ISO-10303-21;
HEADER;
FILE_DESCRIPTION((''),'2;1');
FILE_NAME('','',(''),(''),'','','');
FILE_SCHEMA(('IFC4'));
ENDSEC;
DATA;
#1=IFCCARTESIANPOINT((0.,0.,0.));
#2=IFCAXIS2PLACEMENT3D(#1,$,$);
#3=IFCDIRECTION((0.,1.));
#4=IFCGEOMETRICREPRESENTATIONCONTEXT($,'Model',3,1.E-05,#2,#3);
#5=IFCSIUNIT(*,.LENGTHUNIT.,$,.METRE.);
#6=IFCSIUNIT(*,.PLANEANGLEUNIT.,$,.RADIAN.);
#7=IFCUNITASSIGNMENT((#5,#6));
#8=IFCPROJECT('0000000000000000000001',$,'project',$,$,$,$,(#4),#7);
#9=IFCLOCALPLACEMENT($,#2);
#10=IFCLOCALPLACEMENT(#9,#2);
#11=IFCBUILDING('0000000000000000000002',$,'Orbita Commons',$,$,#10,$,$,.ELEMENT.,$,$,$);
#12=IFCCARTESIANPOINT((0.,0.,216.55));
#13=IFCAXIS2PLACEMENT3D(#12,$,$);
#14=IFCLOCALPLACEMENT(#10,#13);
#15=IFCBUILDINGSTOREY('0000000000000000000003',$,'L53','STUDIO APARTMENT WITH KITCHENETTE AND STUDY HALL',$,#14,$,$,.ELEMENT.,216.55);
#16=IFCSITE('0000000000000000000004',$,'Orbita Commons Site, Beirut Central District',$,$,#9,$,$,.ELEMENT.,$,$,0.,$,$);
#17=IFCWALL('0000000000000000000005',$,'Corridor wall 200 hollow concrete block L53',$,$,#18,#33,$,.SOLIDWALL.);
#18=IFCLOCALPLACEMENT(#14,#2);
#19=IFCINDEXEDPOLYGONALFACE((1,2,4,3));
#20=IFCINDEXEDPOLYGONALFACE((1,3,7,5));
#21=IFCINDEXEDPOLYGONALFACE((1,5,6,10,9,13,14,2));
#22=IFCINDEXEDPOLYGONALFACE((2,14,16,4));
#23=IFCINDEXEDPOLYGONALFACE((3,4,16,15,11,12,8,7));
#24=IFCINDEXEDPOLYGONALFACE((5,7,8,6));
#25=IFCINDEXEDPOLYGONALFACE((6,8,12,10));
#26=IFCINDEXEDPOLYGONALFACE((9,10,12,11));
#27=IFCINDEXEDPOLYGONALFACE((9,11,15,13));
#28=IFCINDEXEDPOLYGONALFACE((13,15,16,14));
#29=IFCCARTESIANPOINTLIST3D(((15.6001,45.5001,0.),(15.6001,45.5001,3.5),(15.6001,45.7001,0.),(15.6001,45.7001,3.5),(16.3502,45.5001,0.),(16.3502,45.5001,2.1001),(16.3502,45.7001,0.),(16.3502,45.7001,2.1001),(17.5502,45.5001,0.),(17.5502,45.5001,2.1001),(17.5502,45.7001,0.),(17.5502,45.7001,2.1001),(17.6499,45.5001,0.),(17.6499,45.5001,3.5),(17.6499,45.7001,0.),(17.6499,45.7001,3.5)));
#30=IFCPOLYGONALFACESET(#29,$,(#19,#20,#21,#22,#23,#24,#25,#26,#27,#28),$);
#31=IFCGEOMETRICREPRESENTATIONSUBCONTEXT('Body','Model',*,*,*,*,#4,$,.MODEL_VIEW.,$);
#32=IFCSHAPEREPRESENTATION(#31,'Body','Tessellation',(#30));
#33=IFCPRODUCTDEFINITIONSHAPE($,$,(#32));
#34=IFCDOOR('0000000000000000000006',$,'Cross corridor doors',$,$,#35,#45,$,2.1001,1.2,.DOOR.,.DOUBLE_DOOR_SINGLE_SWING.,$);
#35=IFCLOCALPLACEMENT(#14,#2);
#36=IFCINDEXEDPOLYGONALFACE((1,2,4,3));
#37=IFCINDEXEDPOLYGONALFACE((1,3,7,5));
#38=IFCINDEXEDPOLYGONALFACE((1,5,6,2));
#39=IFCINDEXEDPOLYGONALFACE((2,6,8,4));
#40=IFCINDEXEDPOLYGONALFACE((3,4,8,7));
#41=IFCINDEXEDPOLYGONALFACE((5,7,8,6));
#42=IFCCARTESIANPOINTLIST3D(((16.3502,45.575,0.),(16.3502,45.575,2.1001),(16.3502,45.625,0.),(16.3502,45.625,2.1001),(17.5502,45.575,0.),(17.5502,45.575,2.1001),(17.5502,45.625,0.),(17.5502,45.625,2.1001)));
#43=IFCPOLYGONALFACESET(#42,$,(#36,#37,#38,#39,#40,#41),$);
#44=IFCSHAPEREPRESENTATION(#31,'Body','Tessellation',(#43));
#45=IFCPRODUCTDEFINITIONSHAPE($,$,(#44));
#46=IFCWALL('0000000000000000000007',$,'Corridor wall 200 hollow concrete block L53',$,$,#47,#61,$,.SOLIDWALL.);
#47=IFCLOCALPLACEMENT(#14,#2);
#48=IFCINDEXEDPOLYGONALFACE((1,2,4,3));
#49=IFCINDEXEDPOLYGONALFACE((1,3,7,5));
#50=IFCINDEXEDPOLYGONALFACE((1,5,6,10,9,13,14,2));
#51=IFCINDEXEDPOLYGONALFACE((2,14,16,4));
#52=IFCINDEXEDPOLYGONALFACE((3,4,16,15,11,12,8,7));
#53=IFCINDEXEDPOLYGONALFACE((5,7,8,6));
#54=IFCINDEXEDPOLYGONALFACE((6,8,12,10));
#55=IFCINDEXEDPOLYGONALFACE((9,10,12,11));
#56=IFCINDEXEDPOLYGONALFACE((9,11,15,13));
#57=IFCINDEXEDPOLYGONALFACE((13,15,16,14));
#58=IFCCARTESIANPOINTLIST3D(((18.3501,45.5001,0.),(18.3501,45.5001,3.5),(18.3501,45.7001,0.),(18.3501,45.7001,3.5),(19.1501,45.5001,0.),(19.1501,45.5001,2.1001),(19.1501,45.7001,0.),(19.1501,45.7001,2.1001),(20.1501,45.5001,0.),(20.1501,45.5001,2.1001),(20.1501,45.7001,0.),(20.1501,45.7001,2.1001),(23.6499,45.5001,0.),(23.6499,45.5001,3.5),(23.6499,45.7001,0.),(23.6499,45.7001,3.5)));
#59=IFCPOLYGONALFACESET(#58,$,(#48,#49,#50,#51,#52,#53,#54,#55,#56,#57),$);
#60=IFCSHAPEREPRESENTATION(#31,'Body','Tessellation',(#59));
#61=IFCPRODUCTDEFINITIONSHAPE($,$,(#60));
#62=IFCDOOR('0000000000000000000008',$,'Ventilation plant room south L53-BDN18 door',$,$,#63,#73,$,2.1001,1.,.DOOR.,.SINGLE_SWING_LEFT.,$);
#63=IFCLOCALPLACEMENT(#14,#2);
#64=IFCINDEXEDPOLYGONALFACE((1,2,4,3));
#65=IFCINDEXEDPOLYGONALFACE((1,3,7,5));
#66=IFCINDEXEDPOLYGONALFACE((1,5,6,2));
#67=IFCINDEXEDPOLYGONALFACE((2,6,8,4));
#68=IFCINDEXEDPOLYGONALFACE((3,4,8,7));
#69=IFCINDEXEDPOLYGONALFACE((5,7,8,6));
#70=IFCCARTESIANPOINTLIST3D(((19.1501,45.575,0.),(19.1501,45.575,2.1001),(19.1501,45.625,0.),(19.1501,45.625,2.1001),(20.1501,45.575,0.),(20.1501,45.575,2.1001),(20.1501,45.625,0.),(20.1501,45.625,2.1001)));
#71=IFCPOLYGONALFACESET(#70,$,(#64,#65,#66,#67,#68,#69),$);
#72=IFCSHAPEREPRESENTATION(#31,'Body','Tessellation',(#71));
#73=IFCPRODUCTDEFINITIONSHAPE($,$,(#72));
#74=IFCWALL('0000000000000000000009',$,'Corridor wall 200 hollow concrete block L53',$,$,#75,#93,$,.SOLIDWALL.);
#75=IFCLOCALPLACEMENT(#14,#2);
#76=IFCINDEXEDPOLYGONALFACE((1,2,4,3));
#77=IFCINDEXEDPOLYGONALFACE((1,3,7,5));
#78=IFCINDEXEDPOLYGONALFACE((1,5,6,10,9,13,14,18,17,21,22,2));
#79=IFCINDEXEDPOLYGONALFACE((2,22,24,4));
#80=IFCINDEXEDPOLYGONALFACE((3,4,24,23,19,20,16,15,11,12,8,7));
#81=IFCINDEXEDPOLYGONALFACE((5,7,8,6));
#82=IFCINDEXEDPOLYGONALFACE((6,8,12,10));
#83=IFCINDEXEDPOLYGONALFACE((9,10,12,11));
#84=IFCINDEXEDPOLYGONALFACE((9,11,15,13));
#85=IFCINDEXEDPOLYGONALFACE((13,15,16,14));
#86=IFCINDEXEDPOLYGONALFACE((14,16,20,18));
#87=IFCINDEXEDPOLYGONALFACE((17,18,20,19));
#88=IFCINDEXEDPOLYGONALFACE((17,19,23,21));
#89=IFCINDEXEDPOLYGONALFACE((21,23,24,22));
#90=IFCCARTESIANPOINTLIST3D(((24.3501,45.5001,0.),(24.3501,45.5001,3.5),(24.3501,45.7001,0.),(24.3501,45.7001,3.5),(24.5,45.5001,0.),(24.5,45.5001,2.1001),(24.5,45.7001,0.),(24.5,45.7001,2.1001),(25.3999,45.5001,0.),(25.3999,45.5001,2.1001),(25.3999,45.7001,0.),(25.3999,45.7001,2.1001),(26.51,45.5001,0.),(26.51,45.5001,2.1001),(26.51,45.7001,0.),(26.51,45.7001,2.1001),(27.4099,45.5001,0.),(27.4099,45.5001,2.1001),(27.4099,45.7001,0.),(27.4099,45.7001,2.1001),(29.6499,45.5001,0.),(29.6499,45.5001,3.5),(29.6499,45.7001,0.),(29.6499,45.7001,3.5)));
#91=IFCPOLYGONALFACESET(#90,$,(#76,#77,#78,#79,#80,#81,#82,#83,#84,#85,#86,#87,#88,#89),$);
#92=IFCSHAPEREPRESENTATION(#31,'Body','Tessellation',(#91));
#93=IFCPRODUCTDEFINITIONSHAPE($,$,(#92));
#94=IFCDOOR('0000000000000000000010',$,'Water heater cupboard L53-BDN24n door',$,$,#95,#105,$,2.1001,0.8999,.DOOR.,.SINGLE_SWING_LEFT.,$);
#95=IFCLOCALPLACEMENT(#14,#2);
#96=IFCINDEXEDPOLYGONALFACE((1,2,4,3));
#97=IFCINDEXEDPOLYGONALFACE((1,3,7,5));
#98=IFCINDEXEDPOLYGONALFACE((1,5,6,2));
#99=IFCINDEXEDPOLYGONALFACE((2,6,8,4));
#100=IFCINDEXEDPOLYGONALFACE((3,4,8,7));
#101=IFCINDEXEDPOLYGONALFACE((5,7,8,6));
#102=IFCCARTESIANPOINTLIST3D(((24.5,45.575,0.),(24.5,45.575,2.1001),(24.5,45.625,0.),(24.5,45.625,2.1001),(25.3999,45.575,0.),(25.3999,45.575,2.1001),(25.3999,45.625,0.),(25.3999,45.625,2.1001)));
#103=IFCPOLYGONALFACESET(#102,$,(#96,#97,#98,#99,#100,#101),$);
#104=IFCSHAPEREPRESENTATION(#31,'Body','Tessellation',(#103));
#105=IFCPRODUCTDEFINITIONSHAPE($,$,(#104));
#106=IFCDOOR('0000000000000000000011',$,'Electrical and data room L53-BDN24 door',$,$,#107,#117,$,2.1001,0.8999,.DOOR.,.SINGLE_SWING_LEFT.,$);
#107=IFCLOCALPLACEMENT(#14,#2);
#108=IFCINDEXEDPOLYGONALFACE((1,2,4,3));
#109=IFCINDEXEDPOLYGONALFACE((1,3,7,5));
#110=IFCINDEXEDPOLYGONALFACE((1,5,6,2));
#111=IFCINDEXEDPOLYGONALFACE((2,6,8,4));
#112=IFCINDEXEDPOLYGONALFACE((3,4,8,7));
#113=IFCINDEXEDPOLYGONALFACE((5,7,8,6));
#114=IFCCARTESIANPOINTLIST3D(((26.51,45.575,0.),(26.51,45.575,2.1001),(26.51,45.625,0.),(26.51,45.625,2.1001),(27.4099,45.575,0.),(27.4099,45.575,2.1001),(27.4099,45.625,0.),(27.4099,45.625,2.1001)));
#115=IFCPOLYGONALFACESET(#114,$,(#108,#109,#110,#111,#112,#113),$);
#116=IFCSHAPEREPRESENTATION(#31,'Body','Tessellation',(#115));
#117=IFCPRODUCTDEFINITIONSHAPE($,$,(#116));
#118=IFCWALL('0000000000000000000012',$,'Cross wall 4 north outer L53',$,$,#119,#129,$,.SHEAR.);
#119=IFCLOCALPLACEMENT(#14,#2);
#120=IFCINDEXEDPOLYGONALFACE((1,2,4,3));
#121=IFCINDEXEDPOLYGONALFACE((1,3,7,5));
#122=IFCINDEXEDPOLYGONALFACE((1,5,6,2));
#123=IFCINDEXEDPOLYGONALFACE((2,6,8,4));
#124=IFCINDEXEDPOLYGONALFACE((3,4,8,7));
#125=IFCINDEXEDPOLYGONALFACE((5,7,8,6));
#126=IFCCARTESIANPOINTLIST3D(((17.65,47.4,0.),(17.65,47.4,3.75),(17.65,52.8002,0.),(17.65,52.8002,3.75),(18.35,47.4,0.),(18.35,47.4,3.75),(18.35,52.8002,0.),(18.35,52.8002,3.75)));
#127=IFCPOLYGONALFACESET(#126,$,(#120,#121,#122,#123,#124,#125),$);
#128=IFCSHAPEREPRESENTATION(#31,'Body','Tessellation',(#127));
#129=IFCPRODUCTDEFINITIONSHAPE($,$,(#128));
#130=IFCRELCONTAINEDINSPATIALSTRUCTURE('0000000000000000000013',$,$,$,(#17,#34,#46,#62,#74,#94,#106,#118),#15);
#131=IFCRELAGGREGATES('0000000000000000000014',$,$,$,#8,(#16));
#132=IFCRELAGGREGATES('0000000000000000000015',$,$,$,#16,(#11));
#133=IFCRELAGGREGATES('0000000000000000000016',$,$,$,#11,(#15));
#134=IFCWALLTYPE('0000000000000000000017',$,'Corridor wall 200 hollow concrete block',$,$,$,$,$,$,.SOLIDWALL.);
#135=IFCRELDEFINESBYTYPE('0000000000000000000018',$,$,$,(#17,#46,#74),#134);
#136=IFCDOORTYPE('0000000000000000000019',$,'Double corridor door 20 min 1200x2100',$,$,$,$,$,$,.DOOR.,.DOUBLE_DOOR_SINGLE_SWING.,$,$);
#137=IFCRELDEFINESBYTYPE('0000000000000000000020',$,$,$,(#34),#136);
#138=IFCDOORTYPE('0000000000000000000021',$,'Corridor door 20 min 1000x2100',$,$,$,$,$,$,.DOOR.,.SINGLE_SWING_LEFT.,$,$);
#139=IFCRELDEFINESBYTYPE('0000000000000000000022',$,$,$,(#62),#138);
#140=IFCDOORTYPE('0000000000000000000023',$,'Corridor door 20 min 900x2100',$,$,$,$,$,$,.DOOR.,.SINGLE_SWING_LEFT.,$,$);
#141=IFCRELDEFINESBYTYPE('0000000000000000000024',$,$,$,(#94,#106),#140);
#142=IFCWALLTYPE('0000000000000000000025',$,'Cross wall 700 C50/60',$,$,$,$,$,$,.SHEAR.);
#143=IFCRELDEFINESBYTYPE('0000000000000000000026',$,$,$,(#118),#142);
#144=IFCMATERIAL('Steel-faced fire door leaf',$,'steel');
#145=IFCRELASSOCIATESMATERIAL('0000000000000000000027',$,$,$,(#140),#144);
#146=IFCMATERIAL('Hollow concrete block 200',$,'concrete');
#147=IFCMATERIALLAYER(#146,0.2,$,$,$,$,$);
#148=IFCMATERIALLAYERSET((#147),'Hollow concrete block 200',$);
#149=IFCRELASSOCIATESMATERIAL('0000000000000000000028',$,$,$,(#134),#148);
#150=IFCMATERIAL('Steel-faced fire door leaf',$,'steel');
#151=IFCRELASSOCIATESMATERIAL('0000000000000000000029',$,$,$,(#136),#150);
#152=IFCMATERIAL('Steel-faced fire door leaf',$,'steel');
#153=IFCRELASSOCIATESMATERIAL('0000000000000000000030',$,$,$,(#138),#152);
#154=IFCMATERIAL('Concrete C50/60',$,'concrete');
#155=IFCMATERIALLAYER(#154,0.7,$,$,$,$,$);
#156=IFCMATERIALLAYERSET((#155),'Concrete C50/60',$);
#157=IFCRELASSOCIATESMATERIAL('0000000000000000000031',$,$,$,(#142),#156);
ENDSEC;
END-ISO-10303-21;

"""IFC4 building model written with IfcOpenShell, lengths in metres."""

from ifc_helpers import new_model, si_unit, direction, frame, frame_2d, origin, place, context, subcontext, project, spatial, rectangle, extrude, material, layer, layer_set, type_object, element, fill, save


model = new_model("IFC4")

# Units and contexts
model_context = context("Model", 3, precision=1e-05, world=origin(), true_north=direction((0.0, 1.0)))
body_context = subcontext(model_context, "Body", "Model", "MODEL_VIEW")
ifc_project = project(units=[si_unit("LENGTHUNIT", "METRE"), si_unit("PLANEANGLEUNIT", "RADIAN")], contexts=[model_context])

# Site, building, storey
site_placement = place(None, origin())
site = spatial("IfcSite", under=ifc_project, at=site_placement, Name="Orbita Commons Site, Beirut Central District", CompositionType="ELEMENT", RefElevation=0.0)
building_placement = place(site_placement, origin())
building = spatial("IfcBuilding", under=site, at=building_placement, Name="Orbita Commons", CompositionType="ELEMENT")
storey_placement = place(building_placement, frame((0.0, 0.0, 216.55)))
storey = spatial("IfcBuildingStorey", under=building, at=storey_placement, Name="L53", Description="STUDIO APARTMENT WITH KITCHENETTE AND STUDY HALL", CompositionType="ELEMENT", Elevation=216.55)

# Walls, openings, doors
ifc_material_1 = material(Name="Steel-faced fire door leaf", Category="steel")
door_type_1 = type_object("IfcDoorType", Name="Corridor door 20 min 900x2100", OperationType="SINGLE_SWING_LEFT", PredefinedType="DOOR", material=ifc_material_1)
ifc_material_2 = material(Name="Hollow concrete block 200", Category="concrete")
ifc_layer_1 = layer(ifc_material_2, 0.2)
ifc_layer_set_1 = layer_set([ifc_layer_1], Name="Hollow concrete block 200")
wall_type_1 = type_object("IfcWallType", Name="Corridor wall 200 hollow concrete block", PredefinedType="SOLIDWALL", material=ifc_layer_set_1)
wall_1_placement = place(storey_placement, frame((15.6001, 45.6001, 0.0), z_axis=(0.0, 0.0, 1.0), x_axis=(1.0, 0.0, 0.0)))
wall_1 = element("IfcWall", 1, at=wall_1_placement, inside=storey, type_object=wall_type_1, Name="Corridor wall 200 hollow concrete block L53", PredefinedType="SOLIDWALL", context=body_context, shape_type="SweptSolid", body=[
    extrude(rectangle(XDim=2.0498, YDim=0.2, at=frame_2d((1.0249, 0.0))), origin(), (0.0, 0.0, 1.0), 3.5),
])
opening_1_placement = place(wall_1_placement, frame((0.75, 0.0, 0.0)))
opening_1 = element("IfcOpeningElement", 2, at=opening_1_placement, cuts=wall_1, PredefinedType="OPENING", context=body_context, shape_type="SweptSolid", body=[
    extrude(rectangle(XDim=1.2, YDim=2.1001, at=frame_2d((0.6001, 1.05))), frame((0.0, 0.1099, 0.0), z_axis=(0.0, -1.0, 0.0), x_axis=(1.0, 0.0, 0.0)), (0.0, 0.0, 1.0), 0.22),
])
ifc_material_3 = material(Name="Steel-faced fire door leaf", Category="steel")
door_type_2 = type_object("IfcDoorType", Name="Double corridor door 20 min 1200x2100", OperationType="DOUBLE_DOOR_SINGLE_SWING", PredefinedType="DOOR", material=ifc_material_3)
door_1_placement = place(opening_1_placement, origin())
door_1 = element("IfcDoor", 3, at=door_1_placement, inside=storey, type_object=door_type_2, Name="Cross corridor doors", OperationType="DOUBLE_DOOR_SINGLE_SWING", OverallHeight=2.1001, OverallWidth=1.2, PredefinedType="DOOR", context=body_context, shape_type="SweptSolid", body=[
    extrude(rectangle(XDim=1.2, YDim=2.1001, at=frame_2d((0.6001, 1.05))), frame((0.0, 0.0249, 0.0), z_axis=(0.0, -1.0, 0.0), x_axis=(1.0, 0.0, 0.0)), (0.0, 0.0, 1.0), 0.05),
])
fill(opening_1, door_1)
wall_2_placement = place(storey_placement, frame((18.3501, 45.6001, 0.0), z_axis=(0.0, 0.0, 1.0), x_axis=(1.0, 0.0, 0.0)))
wall_2 = element("IfcWall", 4, at=wall_2_placement, inside=storey, type_object=wall_type_1, Name="Corridor wall 200 hollow concrete block L53", PredefinedType="SOLIDWALL", context=body_context, shape_type="SweptSolid", body=[
    extrude(rectangle(XDim=5.2998, YDim=0.2, at=frame_2d((2.6499, 0.0))), origin(), (0.0, 0.0, 1.0), 3.5),
])
opening_2_placement = place(wall_2_placement, frame((0.8, 0.0, 0.0)))
opening_2 = element("IfcOpeningElement", 5, at=opening_2_placement, cuts=wall_2, PredefinedType="OPENING", context=body_context, shape_type="SweptSolid", body=[
    extrude(rectangle(XDim=1.0, YDim=2.1001, at=frame_2d((0.5, 1.05))), frame((0.0, 0.1099, 0.0), z_axis=(0.0, -1.0, 0.0), x_axis=(1.0, 0.0, 0.0)), (0.0, 0.0, 1.0), 0.22),
])
ifc_material_4 = material(Name="Steel-faced fire door leaf", Category="steel")
door_type_3 = type_object("IfcDoorType", Name="Corridor door 20 min 1000x2100", OperationType="SINGLE_SWING_LEFT", PredefinedType="DOOR", material=ifc_material_4)
door_2_placement = place(opening_2_placement, origin())
door_2 = element("IfcDoor", 6, at=door_2_placement, inside=storey, type_object=door_type_3, Name="Ventilation plant room south L53-BDN18 door", OperationType="SINGLE_SWING_LEFT", OverallHeight=2.1001, OverallWidth=1.0, PredefinedType="DOOR", context=body_context, shape_type="SweptSolid", body=[
    extrude(rectangle(XDim=1.0, YDim=2.1001, at=frame_2d((0.5, 1.05))), frame((0.0, 0.0249, 0.0), z_axis=(0.0, -1.0, 0.0), x_axis=(1.0, 0.0, 0.0)), (0.0, 0.0, 1.0), 0.05),
])
fill(opening_2, door_2)

# Wall, openings, doors
wall_3_placement = place(storey_placement, frame((24.3501, 45.6001, 0.0), z_axis=(0.0, 0.0, 1.0), x_axis=(1.0, 0.0, 0.0)))
wall_3 = element("IfcWall", 7, at=wall_3_placement, inside=storey, type_object=wall_type_1, Name="Corridor wall 200 hollow concrete block L53", PredefinedType="SOLIDWALL", context=body_context, shape_type="SweptSolid", body=[
    extrude(rectangle(XDim=5.2998, YDim=0.2, at=frame_2d((2.6499, 0.0))), origin(), (0.0, 0.0, 1.0), 3.5),
])
opening_3_placement = place(wall_3_placement, frame((0.1499, 0.0, 0.0)))
opening_3 = element("IfcOpeningElement", 8, at=opening_3_placement, cuts=wall_3, PredefinedType="OPENING", context=body_context, shape_type="SweptSolid", body=[
    extrude(rectangle(XDim=0.8999, YDim=2.1001, at=frame_2d((0.45, 1.05))), frame((0.0, 0.1099, 0.0), z_axis=(0.0, -1.0, 0.0), x_axis=(1.0, 0.0, 0.0)), (0.0, 0.0, 1.0), 0.22),
])
opening_4_placement = place(wall_3_placement, frame((2.1599, 0.0, 0.0)))
opening_4 = element("IfcOpeningElement", 9, at=opening_4_placement, cuts=wall_3, PredefinedType="OPENING", context=body_context, shape_type="SweptSolid", body=[
    extrude(rectangle(XDim=0.8999, YDim=2.1001, at=frame_2d((0.45, 1.05))), frame((0.0, 0.1099, 0.0), z_axis=(0.0, -1.0, 0.0), x_axis=(1.0, 0.0, 0.0)), (0.0, 0.0, 1.0), 0.22),
])
door_3_placement = place(opening_3_placement, origin())
door_3 = element("IfcDoor", 10, at=door_3_placement, inside=storey, type_object=door_type_1, Name="Water heater cupboard L53-BDN24n door", OperationType="SINGLE_SWING_LEFT", OverallHeight=2.1001, OverallWidth=0.8999, PredefinedType="DOOR", context=body_context, shape_type="SweptSolid", body=[
    extrude(rectangle(XDim=0.8999, YDim=2.1001, at=frame_2d((0.45, 1.05))), frame((0.0, 0.0249, 0.0), z_axis=(0.0, -1.0, 0.0), x_axis=(1.0, 0.0, 0.0)), (0.0, 0.0, 1.0), 0.05),
])
fill(opening_3, door_3)
door_4_placement = place(opening_4_placement, origin())
door_4 = element("IfcDoor", 11, at=door_4_placement, inside=storey, type_object=door_type_1, Name="Electrical and data room L53-BDN24 door", OperationType="SINGLE_SWING_LEFT", OverallHeight=2.1001, OverallWidth=0.8999, PredefinedType="DOOR", context=body_context, shape_type="SweptSolid", body=[
    extrude(rectangle(XDim=0.8999, YDim=2.1001, at=frame_2d((0.45, 1.05))), frame((0.0, 0.0249, 0.0), z_axis=(0.0, -1.0, 0.0), x_axis=(1.0, 0.0, 0.0)), (0.0, 0.0, 1.0), 0.05),
])
fill(opening_4, door_4)

# Wall
ifc_material_5 = material(Name="Concrete C50/60", Category="concrete")
ifc_layer_2 = layer(ifc_material_5, 0.7)
ifc_layer_set_2 = layer_set([ifc_layer_2], Name="Concrete C50/60")
wall_type_2 = type_object("IfcWallType", Name="Cross wall 700 C50/60", PredefinedType="SHEAR", material=ifc_layer_set_2)
wall_4_placement = place(storey_placement, frame((18.0, 47.3999, 0.0), z_axis=(0.0, 0.0, 1.0), x_axis=(0.0, 1.0, 0.0)))
element("IfcWall", 12, at=wall_4_placement, inside=storey, type_object=wall_type_2, Name="Cross wall 4 north outer L53", PredefinedType="SHEAR", context=body_context, shape_type="SweptSolid", body=[
    extrude(rectangle(XDim=5.4001, YDim=0.7, at=frame_2d((2.7002, 0.0))), origin(), (0.0, 0.0, 1.0), 3.75),
])

save(model, "model.ifc")
